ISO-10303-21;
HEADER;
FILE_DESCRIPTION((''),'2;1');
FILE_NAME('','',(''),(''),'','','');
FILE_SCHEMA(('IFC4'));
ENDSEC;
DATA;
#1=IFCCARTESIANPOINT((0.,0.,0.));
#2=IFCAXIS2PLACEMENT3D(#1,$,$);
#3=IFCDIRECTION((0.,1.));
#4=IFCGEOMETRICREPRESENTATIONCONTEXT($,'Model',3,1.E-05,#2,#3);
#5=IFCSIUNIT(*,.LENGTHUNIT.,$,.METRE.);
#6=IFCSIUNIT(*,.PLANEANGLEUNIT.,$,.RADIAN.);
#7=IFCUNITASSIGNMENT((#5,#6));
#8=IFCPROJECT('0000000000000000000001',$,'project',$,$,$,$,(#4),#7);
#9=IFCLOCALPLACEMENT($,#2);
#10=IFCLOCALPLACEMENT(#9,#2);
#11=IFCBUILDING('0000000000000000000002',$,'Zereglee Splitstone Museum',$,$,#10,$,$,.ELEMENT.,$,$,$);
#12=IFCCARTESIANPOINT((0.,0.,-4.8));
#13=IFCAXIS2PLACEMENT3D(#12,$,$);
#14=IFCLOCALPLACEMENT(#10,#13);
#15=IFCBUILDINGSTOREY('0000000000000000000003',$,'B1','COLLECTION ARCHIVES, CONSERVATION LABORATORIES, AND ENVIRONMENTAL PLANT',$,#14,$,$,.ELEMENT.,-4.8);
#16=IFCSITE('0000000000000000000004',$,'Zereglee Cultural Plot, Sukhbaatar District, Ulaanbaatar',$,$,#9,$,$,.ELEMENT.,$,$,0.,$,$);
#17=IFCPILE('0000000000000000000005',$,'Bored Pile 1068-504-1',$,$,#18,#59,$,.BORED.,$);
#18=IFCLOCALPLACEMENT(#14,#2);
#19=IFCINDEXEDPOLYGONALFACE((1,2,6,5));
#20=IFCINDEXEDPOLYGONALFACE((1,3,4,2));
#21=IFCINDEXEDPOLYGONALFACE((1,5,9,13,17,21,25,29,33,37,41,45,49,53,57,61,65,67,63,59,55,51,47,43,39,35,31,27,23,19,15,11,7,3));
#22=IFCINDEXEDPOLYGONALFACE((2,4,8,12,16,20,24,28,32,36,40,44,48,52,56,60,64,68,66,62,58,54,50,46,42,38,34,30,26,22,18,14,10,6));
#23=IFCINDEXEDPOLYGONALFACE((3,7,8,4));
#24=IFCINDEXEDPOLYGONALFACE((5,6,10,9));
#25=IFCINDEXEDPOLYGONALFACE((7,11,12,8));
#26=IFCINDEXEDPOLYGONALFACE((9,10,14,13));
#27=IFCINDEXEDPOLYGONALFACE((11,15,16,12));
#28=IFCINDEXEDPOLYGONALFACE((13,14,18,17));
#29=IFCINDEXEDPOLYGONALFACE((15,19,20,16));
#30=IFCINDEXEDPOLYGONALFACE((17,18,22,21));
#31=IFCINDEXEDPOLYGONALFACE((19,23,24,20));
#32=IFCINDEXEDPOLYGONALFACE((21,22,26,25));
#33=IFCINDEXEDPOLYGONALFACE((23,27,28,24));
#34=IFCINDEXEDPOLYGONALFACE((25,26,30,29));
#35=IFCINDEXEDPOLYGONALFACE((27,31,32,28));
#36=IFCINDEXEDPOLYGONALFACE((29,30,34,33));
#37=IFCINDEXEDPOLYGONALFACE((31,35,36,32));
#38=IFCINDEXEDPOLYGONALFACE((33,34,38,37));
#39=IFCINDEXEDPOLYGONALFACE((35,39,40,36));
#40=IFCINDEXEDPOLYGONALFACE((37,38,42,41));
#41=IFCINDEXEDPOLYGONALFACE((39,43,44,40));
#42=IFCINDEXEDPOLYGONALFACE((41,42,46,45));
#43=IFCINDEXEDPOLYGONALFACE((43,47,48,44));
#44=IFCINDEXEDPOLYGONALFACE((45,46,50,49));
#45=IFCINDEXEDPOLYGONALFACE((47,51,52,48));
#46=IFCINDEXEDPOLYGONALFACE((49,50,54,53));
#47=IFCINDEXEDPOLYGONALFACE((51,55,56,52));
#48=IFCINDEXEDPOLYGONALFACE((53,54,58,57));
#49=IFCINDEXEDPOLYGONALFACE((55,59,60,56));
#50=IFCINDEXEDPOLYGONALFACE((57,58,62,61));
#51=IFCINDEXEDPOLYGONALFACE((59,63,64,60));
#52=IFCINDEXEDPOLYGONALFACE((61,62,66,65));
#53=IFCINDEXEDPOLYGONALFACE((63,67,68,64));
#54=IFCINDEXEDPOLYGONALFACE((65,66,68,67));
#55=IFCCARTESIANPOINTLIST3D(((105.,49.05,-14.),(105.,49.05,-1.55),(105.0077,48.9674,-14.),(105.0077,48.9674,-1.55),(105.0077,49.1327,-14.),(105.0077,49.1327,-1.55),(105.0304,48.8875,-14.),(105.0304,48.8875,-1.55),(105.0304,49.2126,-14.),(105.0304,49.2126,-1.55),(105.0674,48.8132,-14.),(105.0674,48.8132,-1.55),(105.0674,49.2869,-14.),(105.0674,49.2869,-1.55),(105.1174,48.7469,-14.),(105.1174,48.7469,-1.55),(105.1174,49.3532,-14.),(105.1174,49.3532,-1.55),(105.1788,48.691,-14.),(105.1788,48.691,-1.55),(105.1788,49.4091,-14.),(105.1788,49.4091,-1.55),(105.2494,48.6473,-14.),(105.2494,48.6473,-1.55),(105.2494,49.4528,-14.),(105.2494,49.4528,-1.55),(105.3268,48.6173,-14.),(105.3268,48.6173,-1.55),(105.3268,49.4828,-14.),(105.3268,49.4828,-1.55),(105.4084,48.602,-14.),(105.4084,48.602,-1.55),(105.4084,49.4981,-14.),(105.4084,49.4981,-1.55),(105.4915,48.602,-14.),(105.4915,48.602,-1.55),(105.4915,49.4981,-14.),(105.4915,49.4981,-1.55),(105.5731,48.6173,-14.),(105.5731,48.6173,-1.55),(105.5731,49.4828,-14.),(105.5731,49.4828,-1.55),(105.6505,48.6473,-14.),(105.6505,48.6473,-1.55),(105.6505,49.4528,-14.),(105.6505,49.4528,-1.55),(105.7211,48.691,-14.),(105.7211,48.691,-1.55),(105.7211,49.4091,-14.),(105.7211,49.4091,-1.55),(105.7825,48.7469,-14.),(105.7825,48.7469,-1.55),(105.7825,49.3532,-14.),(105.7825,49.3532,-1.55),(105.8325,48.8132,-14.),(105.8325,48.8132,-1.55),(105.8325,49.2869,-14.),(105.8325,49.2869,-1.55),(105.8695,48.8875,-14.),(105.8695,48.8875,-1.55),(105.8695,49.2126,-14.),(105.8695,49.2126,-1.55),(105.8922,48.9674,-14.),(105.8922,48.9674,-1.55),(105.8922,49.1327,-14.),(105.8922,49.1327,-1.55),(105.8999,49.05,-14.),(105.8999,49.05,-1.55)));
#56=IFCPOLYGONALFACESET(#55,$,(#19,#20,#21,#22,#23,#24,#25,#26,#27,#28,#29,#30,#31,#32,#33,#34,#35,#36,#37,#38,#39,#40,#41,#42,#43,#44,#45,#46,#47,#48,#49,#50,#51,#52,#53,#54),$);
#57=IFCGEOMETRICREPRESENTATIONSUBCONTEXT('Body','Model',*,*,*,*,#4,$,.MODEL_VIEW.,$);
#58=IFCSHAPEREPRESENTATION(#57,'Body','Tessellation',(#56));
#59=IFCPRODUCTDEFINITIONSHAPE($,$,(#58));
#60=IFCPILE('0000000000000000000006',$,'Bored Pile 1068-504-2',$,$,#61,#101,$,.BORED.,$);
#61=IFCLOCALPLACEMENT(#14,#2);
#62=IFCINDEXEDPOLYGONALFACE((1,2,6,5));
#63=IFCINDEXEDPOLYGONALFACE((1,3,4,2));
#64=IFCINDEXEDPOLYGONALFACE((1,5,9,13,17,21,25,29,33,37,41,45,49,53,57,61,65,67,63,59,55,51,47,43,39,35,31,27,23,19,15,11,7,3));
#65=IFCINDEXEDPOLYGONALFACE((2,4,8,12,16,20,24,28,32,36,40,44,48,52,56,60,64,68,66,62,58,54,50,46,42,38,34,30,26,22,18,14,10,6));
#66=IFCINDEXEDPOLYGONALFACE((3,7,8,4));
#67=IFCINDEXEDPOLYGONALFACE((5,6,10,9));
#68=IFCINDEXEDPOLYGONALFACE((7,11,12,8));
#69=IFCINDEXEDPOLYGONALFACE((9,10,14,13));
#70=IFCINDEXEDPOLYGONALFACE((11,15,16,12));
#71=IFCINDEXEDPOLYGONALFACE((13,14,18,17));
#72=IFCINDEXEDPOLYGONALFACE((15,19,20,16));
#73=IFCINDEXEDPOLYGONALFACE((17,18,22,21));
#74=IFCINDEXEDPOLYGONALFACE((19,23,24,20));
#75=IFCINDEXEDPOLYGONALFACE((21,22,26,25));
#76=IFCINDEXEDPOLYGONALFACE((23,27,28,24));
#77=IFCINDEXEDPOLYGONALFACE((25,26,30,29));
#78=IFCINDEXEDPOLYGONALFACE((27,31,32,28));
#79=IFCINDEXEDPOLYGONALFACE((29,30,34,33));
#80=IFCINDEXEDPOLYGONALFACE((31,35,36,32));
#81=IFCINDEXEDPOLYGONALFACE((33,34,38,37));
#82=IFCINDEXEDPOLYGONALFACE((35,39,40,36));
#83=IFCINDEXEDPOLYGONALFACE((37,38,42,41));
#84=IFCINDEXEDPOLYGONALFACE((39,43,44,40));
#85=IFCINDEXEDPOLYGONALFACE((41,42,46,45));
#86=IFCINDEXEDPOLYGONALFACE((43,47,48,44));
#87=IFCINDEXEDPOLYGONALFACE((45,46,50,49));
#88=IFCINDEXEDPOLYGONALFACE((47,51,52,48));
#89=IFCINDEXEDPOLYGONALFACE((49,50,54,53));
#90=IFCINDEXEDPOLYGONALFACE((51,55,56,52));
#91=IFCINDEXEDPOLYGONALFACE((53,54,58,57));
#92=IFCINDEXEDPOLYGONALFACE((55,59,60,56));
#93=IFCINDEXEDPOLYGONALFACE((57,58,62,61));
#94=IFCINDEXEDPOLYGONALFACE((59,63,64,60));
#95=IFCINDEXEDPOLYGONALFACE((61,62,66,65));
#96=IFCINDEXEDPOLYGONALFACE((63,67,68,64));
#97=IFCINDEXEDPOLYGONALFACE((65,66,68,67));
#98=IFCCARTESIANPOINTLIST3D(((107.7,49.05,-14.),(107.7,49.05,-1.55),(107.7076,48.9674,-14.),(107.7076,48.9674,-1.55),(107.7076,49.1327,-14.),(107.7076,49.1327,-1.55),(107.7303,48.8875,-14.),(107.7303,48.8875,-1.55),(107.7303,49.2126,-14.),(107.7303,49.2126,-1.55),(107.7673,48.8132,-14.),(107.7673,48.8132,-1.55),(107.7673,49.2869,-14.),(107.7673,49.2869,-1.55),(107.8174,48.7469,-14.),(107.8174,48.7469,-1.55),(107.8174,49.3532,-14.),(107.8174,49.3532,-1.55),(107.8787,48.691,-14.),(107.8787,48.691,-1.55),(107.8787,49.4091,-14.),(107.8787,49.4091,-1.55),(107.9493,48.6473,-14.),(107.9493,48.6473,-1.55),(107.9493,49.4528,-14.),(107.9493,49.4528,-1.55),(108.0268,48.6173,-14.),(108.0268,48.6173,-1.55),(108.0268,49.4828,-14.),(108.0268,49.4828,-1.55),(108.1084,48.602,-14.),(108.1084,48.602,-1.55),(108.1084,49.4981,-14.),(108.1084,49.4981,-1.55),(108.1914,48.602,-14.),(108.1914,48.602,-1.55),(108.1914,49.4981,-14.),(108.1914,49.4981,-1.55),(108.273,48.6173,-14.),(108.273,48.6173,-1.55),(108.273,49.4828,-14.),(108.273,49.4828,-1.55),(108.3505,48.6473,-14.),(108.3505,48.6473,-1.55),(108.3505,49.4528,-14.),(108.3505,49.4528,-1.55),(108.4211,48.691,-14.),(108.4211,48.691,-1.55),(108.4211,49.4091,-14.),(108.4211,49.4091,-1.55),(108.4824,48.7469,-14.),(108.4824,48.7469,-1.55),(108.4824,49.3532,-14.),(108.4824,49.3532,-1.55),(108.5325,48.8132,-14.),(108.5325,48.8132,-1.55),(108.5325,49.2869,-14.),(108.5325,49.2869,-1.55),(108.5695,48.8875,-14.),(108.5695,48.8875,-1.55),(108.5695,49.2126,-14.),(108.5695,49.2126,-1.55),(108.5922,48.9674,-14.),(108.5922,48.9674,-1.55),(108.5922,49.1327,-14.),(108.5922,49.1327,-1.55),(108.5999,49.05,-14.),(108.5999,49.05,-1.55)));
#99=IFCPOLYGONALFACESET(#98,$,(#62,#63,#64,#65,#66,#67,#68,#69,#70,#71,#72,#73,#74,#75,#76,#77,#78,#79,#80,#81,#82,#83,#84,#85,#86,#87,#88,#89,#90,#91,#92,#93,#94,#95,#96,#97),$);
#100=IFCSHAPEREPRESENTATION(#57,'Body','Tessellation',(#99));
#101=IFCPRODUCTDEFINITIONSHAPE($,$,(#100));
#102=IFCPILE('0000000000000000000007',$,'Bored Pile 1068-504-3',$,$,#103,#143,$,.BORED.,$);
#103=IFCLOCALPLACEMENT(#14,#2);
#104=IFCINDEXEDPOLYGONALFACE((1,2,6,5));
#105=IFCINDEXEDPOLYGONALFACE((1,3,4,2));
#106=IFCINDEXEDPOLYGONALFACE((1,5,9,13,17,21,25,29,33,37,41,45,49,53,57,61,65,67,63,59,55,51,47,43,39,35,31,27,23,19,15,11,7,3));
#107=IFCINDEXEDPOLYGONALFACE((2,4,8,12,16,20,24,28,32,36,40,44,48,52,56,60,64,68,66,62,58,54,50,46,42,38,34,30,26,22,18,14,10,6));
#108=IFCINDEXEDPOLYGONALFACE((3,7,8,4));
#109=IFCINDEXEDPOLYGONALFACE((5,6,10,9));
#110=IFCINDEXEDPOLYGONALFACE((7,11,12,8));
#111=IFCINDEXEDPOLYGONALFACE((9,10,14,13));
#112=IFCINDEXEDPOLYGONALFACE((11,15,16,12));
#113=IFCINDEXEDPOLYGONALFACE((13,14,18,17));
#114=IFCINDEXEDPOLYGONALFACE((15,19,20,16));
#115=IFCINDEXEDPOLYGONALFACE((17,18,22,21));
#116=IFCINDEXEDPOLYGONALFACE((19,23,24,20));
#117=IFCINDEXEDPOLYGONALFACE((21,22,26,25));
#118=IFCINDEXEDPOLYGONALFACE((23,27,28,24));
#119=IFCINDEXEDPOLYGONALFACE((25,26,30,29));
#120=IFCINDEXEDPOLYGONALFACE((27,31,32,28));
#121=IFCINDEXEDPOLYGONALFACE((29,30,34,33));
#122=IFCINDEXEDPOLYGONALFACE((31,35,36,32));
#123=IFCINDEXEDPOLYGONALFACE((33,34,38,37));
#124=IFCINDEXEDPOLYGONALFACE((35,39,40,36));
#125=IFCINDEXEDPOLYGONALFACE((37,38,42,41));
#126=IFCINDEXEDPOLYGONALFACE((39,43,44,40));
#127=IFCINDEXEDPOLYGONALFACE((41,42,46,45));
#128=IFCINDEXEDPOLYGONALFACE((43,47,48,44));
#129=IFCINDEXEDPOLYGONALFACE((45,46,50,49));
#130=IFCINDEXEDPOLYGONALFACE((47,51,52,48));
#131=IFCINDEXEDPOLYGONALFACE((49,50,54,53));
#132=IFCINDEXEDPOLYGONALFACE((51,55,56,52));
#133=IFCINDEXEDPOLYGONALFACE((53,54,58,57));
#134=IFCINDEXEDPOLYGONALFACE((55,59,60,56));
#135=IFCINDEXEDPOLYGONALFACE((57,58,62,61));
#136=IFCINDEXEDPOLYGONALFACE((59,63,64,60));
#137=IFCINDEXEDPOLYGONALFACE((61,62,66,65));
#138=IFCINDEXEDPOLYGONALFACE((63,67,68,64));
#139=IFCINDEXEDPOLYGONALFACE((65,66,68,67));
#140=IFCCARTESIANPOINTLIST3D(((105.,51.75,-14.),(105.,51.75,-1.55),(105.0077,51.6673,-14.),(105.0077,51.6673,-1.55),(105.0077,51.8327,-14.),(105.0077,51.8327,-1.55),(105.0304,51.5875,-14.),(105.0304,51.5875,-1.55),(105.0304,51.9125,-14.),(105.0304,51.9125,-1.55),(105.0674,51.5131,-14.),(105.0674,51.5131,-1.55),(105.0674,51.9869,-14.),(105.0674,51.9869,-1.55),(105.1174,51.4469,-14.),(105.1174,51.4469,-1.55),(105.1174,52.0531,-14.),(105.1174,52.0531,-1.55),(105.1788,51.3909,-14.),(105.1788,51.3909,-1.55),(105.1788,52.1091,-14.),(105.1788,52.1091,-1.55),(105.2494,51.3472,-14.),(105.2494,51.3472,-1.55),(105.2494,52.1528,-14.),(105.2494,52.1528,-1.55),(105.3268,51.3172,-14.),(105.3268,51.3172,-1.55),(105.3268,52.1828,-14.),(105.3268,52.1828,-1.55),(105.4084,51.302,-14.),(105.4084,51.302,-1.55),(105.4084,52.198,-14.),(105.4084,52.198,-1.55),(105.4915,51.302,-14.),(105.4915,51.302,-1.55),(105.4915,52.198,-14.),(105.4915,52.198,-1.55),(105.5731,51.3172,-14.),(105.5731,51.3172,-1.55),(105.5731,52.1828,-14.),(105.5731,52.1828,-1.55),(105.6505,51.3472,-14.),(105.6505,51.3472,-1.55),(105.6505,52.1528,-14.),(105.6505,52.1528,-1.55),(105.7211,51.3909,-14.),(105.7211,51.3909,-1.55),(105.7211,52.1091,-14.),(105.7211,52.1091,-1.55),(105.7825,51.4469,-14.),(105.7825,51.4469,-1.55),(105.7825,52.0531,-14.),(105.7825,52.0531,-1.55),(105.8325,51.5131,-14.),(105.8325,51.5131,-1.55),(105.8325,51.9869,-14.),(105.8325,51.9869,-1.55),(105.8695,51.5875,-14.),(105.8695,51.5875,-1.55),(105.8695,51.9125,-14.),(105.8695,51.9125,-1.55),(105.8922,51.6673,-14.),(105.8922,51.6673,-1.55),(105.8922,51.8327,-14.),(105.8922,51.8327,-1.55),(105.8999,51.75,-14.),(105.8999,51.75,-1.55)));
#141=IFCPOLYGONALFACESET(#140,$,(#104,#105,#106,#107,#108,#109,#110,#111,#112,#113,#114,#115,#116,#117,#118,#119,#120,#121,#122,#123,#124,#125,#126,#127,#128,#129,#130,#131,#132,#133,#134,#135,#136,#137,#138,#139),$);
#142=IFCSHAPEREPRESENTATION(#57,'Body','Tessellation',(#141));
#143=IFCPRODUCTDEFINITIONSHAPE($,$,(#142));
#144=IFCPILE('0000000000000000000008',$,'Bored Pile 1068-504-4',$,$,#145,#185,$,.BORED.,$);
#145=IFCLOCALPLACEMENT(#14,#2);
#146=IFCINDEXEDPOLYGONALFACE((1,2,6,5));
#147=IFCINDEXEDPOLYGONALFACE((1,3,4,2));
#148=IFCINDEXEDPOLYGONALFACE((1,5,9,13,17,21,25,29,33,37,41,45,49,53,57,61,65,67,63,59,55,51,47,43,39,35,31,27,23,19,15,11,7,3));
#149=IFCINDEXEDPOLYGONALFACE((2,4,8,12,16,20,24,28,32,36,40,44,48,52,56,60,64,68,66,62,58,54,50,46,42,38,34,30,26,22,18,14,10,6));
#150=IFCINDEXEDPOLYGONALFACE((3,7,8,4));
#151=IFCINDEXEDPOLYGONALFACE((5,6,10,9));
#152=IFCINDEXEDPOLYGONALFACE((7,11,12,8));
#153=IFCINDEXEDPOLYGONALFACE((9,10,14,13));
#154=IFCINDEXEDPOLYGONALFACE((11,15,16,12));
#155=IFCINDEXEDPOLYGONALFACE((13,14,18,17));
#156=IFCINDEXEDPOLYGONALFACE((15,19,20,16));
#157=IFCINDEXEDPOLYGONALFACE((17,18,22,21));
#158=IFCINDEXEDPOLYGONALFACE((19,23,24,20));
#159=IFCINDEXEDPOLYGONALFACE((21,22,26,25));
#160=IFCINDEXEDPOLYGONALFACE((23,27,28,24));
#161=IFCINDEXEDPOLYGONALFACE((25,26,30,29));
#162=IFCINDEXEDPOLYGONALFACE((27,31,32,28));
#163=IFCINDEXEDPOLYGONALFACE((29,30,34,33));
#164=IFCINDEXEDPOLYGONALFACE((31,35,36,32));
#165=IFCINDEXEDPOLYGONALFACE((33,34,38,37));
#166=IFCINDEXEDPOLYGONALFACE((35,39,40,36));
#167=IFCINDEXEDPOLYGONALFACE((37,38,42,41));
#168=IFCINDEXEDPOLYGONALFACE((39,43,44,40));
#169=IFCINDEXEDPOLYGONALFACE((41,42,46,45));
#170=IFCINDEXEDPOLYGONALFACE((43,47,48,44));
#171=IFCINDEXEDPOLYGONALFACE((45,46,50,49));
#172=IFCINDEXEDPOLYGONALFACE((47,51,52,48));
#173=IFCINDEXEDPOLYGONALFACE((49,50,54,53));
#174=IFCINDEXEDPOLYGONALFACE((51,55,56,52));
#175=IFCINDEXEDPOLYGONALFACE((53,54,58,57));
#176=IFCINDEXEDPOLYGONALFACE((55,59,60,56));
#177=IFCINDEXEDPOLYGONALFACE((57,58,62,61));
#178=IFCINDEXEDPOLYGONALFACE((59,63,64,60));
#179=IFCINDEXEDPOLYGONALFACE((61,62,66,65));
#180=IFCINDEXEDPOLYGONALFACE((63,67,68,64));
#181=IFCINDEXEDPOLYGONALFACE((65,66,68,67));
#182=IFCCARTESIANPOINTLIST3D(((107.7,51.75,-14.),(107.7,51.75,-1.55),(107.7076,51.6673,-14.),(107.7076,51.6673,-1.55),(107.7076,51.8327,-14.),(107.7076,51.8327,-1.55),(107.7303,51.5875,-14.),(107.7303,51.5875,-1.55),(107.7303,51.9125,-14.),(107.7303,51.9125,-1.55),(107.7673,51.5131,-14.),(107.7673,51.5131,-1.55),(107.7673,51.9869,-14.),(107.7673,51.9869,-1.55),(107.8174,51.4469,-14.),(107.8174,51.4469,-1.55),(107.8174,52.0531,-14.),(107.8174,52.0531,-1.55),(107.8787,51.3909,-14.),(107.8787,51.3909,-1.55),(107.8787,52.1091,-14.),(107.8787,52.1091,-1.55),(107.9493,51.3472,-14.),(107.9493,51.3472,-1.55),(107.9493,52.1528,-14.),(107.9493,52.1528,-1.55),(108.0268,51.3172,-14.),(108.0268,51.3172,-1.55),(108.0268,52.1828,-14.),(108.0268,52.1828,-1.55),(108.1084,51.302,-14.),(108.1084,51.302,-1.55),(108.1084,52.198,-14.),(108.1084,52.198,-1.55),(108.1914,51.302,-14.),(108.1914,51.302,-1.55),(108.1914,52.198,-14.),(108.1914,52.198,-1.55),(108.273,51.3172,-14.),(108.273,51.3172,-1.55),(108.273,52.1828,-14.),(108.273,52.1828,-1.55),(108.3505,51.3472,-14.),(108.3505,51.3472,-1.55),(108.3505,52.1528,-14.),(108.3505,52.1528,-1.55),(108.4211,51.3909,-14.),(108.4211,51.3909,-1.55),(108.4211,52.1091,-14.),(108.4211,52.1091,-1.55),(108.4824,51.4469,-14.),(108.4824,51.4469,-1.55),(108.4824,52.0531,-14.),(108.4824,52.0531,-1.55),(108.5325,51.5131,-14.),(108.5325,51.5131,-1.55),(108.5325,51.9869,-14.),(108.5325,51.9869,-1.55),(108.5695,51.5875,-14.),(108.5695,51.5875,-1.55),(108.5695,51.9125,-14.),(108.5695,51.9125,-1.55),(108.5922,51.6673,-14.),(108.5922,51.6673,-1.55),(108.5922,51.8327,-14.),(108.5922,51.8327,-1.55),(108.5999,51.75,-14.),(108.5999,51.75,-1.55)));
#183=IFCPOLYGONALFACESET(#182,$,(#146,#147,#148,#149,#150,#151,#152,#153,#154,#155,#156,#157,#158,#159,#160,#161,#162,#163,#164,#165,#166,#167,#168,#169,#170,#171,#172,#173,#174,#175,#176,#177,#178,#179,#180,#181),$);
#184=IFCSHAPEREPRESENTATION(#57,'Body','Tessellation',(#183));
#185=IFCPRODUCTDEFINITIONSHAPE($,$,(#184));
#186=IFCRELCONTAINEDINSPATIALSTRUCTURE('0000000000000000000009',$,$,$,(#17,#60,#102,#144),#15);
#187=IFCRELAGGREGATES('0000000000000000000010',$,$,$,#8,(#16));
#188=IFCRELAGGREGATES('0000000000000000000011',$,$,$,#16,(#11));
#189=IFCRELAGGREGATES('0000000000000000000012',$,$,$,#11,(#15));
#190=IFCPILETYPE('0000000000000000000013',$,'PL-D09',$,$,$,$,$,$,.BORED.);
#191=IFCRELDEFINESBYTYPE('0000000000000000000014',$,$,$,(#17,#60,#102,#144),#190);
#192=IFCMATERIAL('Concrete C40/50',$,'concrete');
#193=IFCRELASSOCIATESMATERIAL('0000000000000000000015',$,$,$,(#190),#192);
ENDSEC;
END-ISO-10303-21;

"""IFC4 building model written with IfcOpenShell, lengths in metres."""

from ifc_helpers import new_model, si_unit, direction, frame, origin, origin_2d, place, context, subcontext, project, spatial, circle, extrude, material, material_profile, profile_set, type_object, element, save


model = new_model("IFC4")

# Units and contexts
model_context = context("Model", 3, precision=1e-05, world=origin(), true_north=direction((0.0, 1.0)))
body_context = subcontext(model_context, "Body", "Model", "MODEL_VIEW")
ifc_project = project(units=[si_unit("LENGTHUNIT", "METRE"), si_unit("PLANEANGLEUNIT", "RADIAN")], contexts=[model_context])

# Site, building, storey
site_placement = place(None, origin())
site = spatial("IfcSite", under=ifc_project, at=site_placement, Name="Zereglee Cultural Plot, Sukhbaatar District, Ulaanbaatar", CompositionType="ELEMENT", RefElevation=0.0)
building_placement = place(site_placement, origin())
building = spatial("IfcBuilding", under=site, at=building_placement, Name="Zereglee Splitstone Museum", CompositionType="ELEMENT")
storey_placement = place(building_placement, frame((0.0, 0.0, -4.8)))
storey = spatial("IfcBuildingStorey", under=building, at=storey_placement, Name="B1", Description="COLLECTION ARCHIVES, CONSERVATION LABORATORIES, AND ENVIRONMENTAL PLANT", CompositionType="ELEMENT", Elevation=-4.8)

# Shared definitions
ifc_material_1 = material(Name="Concrete C40/50", Category="concrete")

# Piles
ifc_material_profile_1 = material_profile(ifc_material_1, circle(Radius=0.45, at=origin_2d()), Name="PILE D900")
ifc_profile_set_1 = profile_set([ifc_material_profile_1], Name="Concrete C40/50")
pile_type = type_object("IfcPileType", Name="PL-D09", PredefinedType="BORED", material=ifc_profile_set_1)
for number, where, z_axis, x_axis, name in (
    (1, (105.45, 49.05, -1.55), (0.0, 0.0, -1.0), (1.0, 0.0, 0.0), "Bored Pile 1068-504-1"),
    (2, (108.1499, 49.05, -1.55), (0.0, 0.0, -1.0), (1.0, 0.0, 0.0), "Bored Pile 1068-504-2"),
    (3, (105.45, 51.75, -1.55), (0.0, 0.0, -1.0), (1.0, 0.0, 0.0), "Bored Pile 1068-504-3"),
    (4, (108.1499, 51.75, -1.55), (0.0, 0.0, -1.0), (1.0, 0.0, 0.0), "Bored Pile 1068-504-4"),
):
    element("IfcPile", number, at=place(storey_placement, frame(where, z_axis=z_axis, x_axis=x_axis)), inside=storey, type_object=pile_type, Name=name, PredefinedType="BORED", context=body_context, shape_type="SweptSolid", body=[
        extrude(circle(Radius=0.45, at=origin_2d()), origin(), (0.0, 0.0, 1.0), 12.45),
    ])

save(model, "model.ifc")
